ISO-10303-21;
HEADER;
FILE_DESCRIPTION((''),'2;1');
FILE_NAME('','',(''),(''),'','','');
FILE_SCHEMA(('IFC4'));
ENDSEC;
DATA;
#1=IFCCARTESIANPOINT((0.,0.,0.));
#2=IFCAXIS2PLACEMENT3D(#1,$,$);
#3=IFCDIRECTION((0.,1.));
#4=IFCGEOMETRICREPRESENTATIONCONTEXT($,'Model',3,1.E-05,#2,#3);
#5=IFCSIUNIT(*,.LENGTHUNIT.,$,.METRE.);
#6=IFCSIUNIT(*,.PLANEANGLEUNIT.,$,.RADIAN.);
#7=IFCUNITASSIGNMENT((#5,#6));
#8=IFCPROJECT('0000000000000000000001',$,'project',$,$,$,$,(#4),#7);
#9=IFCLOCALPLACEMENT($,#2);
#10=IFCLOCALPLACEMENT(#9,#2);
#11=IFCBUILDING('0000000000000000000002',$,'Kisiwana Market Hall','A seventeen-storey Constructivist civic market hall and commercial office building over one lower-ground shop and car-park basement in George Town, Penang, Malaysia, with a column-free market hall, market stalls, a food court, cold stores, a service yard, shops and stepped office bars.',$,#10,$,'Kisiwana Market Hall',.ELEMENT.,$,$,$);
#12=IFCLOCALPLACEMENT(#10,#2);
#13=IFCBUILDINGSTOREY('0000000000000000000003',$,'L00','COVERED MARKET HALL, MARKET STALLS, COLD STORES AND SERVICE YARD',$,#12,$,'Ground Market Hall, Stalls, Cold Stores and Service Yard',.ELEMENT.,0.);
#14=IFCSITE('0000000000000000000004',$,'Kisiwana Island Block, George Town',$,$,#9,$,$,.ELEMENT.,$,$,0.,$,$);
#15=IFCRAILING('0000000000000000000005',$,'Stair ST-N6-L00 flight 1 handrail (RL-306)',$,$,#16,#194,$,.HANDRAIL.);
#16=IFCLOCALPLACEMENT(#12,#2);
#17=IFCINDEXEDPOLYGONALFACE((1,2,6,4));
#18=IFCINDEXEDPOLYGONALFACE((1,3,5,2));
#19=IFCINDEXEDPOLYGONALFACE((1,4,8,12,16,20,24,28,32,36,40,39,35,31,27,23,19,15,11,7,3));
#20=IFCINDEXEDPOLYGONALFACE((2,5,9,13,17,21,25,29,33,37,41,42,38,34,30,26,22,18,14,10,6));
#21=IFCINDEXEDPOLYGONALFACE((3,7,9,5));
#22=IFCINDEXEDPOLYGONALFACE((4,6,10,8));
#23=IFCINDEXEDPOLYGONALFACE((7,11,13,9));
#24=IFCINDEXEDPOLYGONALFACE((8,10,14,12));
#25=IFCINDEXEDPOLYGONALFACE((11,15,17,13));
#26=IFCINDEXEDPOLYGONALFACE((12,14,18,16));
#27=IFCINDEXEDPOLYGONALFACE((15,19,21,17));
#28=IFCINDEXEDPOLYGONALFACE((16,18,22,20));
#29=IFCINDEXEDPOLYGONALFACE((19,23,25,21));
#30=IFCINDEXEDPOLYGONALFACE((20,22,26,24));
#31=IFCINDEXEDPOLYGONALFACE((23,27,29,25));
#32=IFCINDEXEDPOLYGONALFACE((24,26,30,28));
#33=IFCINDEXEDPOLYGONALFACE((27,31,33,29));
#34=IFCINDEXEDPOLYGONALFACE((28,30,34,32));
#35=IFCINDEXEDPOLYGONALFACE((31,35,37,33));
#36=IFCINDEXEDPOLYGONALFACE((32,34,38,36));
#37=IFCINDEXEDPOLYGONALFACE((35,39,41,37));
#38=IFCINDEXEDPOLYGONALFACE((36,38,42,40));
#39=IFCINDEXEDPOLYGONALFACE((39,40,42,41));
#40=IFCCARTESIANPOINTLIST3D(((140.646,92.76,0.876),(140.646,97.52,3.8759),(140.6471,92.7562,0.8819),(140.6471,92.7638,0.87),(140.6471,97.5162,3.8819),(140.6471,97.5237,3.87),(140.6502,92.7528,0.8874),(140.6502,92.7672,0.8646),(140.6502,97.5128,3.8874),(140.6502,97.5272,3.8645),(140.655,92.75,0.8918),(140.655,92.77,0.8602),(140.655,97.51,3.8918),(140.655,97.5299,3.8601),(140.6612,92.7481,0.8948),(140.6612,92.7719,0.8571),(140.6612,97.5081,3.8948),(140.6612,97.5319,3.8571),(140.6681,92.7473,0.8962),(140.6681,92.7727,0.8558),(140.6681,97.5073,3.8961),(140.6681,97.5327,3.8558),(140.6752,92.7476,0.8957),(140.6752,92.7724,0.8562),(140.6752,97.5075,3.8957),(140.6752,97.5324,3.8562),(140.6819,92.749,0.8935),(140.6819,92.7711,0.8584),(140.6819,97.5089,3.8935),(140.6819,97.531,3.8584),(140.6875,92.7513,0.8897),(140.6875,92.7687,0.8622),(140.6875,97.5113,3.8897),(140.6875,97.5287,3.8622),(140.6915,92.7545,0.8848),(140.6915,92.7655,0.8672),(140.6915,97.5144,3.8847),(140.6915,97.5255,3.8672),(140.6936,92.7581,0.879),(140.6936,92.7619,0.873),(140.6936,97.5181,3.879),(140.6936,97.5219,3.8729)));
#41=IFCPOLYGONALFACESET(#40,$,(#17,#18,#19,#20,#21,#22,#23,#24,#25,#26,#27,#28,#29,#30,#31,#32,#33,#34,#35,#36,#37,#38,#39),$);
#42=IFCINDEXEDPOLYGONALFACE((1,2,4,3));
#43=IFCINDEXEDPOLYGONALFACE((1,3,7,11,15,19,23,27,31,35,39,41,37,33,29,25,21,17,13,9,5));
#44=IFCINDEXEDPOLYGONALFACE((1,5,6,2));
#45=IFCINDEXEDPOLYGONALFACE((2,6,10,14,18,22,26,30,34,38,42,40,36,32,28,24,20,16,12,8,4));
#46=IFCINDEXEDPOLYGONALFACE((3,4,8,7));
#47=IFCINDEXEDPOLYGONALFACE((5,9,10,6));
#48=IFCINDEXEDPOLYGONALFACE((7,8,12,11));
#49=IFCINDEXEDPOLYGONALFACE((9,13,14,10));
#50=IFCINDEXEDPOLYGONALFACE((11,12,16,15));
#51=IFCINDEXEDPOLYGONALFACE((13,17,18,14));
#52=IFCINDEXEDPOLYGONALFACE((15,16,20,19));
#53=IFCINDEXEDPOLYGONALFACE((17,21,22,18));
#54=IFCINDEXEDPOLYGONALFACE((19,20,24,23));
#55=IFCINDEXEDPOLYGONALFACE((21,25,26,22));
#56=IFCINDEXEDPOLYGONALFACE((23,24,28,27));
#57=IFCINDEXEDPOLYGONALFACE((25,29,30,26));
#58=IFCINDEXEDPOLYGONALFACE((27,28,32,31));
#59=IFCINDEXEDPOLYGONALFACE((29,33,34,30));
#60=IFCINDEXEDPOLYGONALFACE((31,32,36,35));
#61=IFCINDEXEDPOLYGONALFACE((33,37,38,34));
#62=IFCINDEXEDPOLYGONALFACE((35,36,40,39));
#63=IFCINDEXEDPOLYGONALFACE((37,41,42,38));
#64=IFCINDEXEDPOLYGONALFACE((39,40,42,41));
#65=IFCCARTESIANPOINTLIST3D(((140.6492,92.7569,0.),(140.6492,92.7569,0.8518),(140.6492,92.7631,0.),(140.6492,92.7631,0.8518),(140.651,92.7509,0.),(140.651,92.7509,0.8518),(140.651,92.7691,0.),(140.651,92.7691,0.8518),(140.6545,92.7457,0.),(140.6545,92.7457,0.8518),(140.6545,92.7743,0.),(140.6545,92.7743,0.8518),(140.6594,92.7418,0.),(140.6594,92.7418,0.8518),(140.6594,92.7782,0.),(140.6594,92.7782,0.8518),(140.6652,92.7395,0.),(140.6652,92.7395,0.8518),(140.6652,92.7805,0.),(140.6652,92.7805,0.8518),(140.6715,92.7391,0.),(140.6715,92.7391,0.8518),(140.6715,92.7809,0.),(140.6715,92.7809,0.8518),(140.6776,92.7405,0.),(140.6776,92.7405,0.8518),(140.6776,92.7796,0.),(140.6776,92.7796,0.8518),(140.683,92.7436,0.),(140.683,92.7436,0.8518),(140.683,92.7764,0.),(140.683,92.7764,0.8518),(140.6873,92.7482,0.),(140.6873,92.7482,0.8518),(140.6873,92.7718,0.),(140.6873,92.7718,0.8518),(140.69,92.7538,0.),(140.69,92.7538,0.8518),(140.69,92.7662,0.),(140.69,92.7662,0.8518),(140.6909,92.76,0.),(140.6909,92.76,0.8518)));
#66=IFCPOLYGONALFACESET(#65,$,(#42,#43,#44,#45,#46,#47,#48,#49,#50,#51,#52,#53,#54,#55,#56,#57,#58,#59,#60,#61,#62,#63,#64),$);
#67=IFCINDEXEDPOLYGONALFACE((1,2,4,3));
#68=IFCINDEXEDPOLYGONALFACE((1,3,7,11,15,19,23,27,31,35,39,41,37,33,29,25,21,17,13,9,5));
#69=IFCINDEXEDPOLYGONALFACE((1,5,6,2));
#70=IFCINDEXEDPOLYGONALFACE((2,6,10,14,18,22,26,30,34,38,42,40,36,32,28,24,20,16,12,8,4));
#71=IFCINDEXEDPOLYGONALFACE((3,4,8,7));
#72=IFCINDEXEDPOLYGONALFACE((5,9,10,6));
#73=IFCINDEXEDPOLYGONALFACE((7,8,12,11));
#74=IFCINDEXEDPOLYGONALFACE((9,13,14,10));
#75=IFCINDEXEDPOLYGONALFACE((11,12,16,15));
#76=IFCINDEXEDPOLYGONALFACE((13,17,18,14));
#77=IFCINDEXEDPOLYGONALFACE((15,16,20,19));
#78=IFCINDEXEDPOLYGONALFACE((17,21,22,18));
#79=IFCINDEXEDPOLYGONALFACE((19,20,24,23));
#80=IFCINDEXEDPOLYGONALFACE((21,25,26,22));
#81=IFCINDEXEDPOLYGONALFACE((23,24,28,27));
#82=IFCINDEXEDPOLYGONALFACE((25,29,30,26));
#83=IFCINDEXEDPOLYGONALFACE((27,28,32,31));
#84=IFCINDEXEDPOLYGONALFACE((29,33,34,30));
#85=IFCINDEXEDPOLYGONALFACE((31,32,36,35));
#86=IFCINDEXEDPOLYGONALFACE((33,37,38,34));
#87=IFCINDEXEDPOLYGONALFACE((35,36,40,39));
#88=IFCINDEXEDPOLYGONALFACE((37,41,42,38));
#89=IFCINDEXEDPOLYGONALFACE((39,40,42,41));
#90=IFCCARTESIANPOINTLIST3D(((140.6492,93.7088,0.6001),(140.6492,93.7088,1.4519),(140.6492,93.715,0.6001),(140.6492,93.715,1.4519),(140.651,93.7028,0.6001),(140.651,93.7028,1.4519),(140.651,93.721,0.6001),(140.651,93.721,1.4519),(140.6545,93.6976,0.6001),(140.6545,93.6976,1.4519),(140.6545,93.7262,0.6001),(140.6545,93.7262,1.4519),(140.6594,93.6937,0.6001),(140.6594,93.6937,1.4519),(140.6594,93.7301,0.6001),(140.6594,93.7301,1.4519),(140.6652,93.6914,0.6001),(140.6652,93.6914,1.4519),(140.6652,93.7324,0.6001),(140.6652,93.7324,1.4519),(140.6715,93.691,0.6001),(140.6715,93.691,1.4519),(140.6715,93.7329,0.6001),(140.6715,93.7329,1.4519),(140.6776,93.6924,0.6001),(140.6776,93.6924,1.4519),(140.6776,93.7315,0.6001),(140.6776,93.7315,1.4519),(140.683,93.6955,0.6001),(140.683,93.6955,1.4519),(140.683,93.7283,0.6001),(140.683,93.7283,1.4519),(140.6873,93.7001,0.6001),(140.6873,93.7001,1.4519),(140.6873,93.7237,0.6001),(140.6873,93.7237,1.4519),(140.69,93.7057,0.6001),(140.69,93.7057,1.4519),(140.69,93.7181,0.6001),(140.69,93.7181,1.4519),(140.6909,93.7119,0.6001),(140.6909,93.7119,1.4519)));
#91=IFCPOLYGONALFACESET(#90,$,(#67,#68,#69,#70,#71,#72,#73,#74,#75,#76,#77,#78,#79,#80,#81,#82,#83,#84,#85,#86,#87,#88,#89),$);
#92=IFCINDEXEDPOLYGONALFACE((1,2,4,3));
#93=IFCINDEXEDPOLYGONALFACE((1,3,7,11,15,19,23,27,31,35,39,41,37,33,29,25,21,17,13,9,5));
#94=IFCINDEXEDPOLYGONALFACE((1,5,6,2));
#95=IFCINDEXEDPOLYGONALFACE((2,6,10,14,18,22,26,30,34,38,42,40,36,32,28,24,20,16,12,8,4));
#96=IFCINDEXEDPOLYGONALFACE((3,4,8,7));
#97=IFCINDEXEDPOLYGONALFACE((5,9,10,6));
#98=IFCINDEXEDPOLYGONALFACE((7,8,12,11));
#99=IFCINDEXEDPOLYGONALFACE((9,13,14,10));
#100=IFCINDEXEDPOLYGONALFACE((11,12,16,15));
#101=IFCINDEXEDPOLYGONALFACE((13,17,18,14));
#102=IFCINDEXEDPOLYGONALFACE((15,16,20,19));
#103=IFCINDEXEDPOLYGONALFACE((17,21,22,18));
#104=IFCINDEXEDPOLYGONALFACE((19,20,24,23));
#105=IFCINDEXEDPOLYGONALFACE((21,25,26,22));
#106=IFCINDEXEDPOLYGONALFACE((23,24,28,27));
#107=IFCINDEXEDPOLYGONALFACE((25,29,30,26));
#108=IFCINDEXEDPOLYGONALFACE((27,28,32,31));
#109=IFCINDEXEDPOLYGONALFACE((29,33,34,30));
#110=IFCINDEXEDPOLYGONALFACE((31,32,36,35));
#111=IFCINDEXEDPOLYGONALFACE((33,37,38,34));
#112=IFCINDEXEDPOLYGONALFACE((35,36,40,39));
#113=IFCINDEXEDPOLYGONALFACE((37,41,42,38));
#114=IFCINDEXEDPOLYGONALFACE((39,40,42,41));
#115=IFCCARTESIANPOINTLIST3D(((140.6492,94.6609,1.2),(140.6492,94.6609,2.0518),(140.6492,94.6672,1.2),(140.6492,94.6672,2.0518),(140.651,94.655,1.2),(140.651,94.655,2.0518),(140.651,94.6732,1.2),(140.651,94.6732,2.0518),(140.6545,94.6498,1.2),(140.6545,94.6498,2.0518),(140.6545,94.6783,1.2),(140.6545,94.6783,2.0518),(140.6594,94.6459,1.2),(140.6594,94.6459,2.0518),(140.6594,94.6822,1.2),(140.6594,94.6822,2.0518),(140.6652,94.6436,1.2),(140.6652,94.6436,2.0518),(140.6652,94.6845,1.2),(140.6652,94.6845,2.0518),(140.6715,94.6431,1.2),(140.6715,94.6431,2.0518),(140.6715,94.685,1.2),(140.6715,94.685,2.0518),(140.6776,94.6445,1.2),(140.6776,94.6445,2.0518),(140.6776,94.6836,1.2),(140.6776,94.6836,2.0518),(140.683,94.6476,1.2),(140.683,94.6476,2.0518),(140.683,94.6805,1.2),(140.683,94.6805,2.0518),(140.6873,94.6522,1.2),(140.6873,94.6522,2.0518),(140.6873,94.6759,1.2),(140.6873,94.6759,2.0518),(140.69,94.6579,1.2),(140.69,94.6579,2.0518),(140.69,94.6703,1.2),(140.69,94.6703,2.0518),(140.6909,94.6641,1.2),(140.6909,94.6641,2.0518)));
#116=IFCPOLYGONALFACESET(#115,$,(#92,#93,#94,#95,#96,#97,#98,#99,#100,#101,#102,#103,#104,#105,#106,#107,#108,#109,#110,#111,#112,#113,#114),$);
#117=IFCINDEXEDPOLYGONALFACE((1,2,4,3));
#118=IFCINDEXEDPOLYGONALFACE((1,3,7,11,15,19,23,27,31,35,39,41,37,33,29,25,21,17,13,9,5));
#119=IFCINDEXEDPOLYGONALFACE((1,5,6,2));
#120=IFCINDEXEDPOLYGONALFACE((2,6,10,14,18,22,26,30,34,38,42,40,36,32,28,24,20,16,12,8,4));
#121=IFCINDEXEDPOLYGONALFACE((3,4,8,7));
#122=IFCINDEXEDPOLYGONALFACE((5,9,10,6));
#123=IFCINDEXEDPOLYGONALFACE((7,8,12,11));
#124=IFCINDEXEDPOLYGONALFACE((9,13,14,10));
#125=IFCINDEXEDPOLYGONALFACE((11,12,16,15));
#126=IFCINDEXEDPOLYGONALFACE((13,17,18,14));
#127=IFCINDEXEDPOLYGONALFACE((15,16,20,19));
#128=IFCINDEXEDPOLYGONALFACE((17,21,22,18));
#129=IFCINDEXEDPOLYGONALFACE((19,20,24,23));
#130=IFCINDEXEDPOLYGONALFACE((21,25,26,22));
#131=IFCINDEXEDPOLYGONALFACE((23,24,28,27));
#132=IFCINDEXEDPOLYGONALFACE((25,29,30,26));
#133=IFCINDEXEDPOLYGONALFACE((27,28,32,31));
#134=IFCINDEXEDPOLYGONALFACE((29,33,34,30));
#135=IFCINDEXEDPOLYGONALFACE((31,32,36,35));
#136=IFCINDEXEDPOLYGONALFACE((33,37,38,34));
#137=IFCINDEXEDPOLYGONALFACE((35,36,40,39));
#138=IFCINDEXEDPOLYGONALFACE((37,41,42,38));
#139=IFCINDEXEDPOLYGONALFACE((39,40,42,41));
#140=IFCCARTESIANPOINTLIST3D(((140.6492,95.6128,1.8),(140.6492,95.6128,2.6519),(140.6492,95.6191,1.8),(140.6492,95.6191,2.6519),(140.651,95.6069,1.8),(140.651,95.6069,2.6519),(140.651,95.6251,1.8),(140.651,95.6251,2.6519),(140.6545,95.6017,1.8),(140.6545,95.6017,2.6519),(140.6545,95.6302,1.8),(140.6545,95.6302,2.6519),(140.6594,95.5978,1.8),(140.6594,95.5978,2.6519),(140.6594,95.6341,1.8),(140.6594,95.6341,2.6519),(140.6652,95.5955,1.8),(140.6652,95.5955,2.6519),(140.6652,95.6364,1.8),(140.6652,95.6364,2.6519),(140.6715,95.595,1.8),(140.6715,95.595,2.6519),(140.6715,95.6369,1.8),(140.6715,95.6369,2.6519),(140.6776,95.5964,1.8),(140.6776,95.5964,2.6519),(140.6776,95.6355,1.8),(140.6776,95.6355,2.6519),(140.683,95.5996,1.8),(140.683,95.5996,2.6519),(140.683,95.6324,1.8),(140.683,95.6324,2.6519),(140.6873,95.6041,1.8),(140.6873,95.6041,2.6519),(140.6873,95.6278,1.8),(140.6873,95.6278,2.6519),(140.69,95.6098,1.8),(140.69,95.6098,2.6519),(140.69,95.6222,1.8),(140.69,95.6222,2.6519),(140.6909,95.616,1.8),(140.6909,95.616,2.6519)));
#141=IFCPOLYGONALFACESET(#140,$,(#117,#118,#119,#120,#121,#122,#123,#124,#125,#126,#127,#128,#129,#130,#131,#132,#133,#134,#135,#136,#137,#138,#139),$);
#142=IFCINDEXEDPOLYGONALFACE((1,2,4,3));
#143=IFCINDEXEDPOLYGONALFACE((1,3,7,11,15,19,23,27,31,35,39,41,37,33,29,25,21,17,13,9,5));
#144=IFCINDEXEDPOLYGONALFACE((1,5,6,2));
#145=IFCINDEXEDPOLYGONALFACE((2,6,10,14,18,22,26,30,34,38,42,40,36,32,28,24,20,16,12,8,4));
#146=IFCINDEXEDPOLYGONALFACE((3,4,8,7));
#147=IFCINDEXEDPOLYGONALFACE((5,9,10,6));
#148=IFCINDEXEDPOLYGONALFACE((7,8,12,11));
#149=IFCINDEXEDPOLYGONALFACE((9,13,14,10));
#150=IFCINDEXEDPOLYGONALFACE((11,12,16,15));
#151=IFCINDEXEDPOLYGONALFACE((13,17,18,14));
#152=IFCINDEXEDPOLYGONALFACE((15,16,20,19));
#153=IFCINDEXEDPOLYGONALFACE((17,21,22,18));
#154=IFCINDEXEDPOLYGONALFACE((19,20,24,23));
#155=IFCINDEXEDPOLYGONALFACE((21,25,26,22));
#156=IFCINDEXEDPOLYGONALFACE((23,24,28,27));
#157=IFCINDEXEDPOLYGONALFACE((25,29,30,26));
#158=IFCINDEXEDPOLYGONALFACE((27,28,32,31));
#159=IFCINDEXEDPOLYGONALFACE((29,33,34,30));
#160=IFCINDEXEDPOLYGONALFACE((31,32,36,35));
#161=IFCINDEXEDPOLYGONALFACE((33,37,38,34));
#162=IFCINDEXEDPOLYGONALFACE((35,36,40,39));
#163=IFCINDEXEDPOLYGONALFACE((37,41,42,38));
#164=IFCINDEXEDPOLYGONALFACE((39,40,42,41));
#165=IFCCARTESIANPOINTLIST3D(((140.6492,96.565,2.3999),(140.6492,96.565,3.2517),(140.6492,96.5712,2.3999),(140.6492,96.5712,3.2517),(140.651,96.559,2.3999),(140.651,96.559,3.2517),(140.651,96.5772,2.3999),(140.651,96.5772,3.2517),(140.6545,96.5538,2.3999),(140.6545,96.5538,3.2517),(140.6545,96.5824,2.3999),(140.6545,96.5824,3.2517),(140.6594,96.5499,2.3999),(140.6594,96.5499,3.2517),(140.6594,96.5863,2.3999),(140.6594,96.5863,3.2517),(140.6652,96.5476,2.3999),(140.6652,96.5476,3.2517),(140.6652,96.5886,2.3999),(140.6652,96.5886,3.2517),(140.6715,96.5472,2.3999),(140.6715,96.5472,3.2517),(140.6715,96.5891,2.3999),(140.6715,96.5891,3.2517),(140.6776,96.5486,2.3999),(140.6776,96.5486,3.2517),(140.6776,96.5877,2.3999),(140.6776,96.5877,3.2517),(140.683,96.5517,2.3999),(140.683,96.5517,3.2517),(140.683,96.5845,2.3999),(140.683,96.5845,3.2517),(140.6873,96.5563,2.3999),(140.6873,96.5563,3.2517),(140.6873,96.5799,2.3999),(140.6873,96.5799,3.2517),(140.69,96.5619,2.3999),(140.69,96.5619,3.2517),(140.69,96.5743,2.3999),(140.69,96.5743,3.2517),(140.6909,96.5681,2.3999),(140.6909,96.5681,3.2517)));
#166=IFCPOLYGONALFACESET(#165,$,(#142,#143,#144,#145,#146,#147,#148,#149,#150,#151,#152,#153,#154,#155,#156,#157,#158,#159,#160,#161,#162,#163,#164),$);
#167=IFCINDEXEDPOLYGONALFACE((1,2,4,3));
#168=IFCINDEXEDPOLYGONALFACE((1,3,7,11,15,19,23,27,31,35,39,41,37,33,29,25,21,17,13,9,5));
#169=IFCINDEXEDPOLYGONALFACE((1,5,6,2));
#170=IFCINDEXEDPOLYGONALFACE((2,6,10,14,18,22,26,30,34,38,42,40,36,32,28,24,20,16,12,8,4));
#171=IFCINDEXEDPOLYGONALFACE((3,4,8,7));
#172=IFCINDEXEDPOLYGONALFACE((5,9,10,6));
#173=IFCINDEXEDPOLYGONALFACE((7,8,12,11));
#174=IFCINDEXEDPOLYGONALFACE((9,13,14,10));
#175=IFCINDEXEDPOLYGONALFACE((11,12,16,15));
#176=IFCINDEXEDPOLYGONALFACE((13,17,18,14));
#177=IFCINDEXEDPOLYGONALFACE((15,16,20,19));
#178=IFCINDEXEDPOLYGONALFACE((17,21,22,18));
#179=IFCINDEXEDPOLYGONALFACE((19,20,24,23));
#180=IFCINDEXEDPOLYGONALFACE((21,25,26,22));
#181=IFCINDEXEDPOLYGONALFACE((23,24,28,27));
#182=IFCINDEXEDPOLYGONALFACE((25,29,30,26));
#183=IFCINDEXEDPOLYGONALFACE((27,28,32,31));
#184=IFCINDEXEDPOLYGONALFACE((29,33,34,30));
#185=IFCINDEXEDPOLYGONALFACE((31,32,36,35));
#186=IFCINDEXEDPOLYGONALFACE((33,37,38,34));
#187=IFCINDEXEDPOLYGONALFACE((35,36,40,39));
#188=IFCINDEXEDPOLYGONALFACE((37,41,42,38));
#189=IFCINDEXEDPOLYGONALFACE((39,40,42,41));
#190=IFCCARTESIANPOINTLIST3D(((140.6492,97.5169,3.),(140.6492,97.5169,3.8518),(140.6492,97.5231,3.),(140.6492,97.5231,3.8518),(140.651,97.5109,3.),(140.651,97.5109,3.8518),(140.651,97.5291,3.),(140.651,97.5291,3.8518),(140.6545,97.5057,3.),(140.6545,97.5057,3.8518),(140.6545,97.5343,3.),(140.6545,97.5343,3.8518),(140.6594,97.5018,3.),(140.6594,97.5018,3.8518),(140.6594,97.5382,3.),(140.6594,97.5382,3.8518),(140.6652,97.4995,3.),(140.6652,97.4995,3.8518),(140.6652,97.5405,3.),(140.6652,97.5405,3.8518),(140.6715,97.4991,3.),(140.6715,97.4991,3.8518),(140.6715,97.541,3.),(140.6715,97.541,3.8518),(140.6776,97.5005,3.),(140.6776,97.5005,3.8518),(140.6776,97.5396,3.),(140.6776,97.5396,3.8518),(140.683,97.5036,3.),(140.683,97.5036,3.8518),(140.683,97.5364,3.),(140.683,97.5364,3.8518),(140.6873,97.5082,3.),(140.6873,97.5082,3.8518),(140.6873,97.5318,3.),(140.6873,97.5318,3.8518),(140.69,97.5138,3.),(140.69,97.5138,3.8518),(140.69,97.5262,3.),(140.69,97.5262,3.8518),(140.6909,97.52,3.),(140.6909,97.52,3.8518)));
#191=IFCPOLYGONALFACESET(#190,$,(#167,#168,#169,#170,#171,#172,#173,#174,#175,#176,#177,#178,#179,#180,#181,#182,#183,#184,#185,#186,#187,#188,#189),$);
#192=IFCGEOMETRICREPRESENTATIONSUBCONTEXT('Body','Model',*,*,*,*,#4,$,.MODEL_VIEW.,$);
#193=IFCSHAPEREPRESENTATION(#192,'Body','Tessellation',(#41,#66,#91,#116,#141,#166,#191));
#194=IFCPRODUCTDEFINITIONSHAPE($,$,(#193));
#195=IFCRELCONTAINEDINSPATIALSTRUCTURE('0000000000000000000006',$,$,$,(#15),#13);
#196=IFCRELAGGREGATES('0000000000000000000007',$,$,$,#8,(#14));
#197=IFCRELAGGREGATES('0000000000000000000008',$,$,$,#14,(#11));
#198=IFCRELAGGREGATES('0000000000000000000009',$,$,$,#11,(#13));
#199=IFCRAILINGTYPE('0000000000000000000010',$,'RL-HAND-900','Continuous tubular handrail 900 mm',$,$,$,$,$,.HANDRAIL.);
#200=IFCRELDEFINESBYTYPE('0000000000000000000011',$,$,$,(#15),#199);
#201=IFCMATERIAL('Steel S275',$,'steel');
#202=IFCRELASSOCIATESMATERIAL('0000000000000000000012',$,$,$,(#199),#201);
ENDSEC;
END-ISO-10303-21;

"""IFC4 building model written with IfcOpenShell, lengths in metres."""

from ifc_helpers import new_model, si_unit, direction, frame, origin, origin_2d, place, context, subcontext, project, spatial, circle, extrude, material, type_object, element, save


model = new_model("IFC4")

# Units and contexts
model_context = context("Model", 3, precision=1e-05, world=origin(), true_north=direction((0.0, 1.0)))
body_context = subcontext(model_context, "Body", "Model", "MODEL_VIEW")
ifc_project = project(units=[si_unit("LENGTHUNIT", "METRE"), si_unit("PLANEANGLEUNIT", "RADIAN")], contexts=[model_context])

# Site, building, storey
site_placement = place(None, origin())
site = spatial("IfcSite", under=ifc_project, at=site_placement, Name="Kisiwana Island Block, George Town", CompositionType="ELEMENT", RefElevation=0.0)
building_placement = place(site_placement, origin())
building = spatial("IfcBuilding", under=site, at=building_placement, Name="Kisiwana Market Hall", Description="A seventeen-storey Constructivist civic market hall and commercial office building over one lower-ground shop and car-park basement in George Town, Penang, Malaysia, with a column-free market hall, market stalls, a food court, cold stores, a service yard, shops and stepped office bars.", LongName="Kisiwana Market Hall", CompositionType="ELEMENT")
storey_placement = place(building_placement, origin())
storey = spatial("IfcBuildingStorey", under=building, at=storey_placement, Name="L00", Description="COVERED MARKET HALL, MARKET STALLS, COLD STORES AND SERVICE YARD", LongName="Ground Market Hall, Stalls, Cold Stores and Service Yard", CompositionType="ELEMENT", Elevation=0.0)

# Railing
ifc_material_1 = material(Name="Steel S275", Category="steel")
railing_type_1 = type_object("IfcRailingType", Name="RL-HAND-900", Description="Continuous tubular handrail 900 mm", PredefinedType="HANDRAIL", material=ifc_material_1)
railing_1_placement = place(storey_placement, frame((140.6699, 92.76, 0.0)))
element("IfcRailing", 1, at=railing_1_placement, inside=storey, type_object=railing_type_1, Name="Stair ST-N6-L00 flight 1 handrail (RL-306)", PredefinedType="HANDRAIL", context=body_context, shape_type="SweptSolid", body=[
    extrude(circle(Radius=0.0239, at=origin_2d()), frame((0.0, 0.0, 0.876), z_axis=(0.0, 0.845996, 0.53319), x_axis=(-1.0, 0.0, 0.0)), (0.0, 0.0, 1.0), 5.6265),
    extrude(circle(Radius=0.021, at=origin_2d()), origin(), (0.0, 0.0, 1.0), 0.8518),
    extrude(circle(Radius=0.021, at=origin_2d()), frame((0.0, 0.9519, 0.6001)), (0.0, 0.0, 1.0), 0.8518),
    extrude(circle(Radius=0.021, at=origin_2d()), frame((0.0, 1.9041, 1.2)), (0.0, 0.0, 1.0), 0.8518),
    extrude(circle(Radius=0.021, at=origin_2d()), frame((0.0, 2.856, 1.8)), (0.0, 0.0, 1.0), 0.8518),
    extrude(circle(Radius=0.021, at=origin_2d()), frame((0.0, 3.8081, 2.3999)), (0.0, 0.0, 1.0), 0.8518),
    extrude(circle(Radius=0.021, at=origin_2d()), frame((0.0, 4.76, 3.0)), (0.0, 0.0, 1.0), 0.8518),
])

save(model, "model.ifc")
